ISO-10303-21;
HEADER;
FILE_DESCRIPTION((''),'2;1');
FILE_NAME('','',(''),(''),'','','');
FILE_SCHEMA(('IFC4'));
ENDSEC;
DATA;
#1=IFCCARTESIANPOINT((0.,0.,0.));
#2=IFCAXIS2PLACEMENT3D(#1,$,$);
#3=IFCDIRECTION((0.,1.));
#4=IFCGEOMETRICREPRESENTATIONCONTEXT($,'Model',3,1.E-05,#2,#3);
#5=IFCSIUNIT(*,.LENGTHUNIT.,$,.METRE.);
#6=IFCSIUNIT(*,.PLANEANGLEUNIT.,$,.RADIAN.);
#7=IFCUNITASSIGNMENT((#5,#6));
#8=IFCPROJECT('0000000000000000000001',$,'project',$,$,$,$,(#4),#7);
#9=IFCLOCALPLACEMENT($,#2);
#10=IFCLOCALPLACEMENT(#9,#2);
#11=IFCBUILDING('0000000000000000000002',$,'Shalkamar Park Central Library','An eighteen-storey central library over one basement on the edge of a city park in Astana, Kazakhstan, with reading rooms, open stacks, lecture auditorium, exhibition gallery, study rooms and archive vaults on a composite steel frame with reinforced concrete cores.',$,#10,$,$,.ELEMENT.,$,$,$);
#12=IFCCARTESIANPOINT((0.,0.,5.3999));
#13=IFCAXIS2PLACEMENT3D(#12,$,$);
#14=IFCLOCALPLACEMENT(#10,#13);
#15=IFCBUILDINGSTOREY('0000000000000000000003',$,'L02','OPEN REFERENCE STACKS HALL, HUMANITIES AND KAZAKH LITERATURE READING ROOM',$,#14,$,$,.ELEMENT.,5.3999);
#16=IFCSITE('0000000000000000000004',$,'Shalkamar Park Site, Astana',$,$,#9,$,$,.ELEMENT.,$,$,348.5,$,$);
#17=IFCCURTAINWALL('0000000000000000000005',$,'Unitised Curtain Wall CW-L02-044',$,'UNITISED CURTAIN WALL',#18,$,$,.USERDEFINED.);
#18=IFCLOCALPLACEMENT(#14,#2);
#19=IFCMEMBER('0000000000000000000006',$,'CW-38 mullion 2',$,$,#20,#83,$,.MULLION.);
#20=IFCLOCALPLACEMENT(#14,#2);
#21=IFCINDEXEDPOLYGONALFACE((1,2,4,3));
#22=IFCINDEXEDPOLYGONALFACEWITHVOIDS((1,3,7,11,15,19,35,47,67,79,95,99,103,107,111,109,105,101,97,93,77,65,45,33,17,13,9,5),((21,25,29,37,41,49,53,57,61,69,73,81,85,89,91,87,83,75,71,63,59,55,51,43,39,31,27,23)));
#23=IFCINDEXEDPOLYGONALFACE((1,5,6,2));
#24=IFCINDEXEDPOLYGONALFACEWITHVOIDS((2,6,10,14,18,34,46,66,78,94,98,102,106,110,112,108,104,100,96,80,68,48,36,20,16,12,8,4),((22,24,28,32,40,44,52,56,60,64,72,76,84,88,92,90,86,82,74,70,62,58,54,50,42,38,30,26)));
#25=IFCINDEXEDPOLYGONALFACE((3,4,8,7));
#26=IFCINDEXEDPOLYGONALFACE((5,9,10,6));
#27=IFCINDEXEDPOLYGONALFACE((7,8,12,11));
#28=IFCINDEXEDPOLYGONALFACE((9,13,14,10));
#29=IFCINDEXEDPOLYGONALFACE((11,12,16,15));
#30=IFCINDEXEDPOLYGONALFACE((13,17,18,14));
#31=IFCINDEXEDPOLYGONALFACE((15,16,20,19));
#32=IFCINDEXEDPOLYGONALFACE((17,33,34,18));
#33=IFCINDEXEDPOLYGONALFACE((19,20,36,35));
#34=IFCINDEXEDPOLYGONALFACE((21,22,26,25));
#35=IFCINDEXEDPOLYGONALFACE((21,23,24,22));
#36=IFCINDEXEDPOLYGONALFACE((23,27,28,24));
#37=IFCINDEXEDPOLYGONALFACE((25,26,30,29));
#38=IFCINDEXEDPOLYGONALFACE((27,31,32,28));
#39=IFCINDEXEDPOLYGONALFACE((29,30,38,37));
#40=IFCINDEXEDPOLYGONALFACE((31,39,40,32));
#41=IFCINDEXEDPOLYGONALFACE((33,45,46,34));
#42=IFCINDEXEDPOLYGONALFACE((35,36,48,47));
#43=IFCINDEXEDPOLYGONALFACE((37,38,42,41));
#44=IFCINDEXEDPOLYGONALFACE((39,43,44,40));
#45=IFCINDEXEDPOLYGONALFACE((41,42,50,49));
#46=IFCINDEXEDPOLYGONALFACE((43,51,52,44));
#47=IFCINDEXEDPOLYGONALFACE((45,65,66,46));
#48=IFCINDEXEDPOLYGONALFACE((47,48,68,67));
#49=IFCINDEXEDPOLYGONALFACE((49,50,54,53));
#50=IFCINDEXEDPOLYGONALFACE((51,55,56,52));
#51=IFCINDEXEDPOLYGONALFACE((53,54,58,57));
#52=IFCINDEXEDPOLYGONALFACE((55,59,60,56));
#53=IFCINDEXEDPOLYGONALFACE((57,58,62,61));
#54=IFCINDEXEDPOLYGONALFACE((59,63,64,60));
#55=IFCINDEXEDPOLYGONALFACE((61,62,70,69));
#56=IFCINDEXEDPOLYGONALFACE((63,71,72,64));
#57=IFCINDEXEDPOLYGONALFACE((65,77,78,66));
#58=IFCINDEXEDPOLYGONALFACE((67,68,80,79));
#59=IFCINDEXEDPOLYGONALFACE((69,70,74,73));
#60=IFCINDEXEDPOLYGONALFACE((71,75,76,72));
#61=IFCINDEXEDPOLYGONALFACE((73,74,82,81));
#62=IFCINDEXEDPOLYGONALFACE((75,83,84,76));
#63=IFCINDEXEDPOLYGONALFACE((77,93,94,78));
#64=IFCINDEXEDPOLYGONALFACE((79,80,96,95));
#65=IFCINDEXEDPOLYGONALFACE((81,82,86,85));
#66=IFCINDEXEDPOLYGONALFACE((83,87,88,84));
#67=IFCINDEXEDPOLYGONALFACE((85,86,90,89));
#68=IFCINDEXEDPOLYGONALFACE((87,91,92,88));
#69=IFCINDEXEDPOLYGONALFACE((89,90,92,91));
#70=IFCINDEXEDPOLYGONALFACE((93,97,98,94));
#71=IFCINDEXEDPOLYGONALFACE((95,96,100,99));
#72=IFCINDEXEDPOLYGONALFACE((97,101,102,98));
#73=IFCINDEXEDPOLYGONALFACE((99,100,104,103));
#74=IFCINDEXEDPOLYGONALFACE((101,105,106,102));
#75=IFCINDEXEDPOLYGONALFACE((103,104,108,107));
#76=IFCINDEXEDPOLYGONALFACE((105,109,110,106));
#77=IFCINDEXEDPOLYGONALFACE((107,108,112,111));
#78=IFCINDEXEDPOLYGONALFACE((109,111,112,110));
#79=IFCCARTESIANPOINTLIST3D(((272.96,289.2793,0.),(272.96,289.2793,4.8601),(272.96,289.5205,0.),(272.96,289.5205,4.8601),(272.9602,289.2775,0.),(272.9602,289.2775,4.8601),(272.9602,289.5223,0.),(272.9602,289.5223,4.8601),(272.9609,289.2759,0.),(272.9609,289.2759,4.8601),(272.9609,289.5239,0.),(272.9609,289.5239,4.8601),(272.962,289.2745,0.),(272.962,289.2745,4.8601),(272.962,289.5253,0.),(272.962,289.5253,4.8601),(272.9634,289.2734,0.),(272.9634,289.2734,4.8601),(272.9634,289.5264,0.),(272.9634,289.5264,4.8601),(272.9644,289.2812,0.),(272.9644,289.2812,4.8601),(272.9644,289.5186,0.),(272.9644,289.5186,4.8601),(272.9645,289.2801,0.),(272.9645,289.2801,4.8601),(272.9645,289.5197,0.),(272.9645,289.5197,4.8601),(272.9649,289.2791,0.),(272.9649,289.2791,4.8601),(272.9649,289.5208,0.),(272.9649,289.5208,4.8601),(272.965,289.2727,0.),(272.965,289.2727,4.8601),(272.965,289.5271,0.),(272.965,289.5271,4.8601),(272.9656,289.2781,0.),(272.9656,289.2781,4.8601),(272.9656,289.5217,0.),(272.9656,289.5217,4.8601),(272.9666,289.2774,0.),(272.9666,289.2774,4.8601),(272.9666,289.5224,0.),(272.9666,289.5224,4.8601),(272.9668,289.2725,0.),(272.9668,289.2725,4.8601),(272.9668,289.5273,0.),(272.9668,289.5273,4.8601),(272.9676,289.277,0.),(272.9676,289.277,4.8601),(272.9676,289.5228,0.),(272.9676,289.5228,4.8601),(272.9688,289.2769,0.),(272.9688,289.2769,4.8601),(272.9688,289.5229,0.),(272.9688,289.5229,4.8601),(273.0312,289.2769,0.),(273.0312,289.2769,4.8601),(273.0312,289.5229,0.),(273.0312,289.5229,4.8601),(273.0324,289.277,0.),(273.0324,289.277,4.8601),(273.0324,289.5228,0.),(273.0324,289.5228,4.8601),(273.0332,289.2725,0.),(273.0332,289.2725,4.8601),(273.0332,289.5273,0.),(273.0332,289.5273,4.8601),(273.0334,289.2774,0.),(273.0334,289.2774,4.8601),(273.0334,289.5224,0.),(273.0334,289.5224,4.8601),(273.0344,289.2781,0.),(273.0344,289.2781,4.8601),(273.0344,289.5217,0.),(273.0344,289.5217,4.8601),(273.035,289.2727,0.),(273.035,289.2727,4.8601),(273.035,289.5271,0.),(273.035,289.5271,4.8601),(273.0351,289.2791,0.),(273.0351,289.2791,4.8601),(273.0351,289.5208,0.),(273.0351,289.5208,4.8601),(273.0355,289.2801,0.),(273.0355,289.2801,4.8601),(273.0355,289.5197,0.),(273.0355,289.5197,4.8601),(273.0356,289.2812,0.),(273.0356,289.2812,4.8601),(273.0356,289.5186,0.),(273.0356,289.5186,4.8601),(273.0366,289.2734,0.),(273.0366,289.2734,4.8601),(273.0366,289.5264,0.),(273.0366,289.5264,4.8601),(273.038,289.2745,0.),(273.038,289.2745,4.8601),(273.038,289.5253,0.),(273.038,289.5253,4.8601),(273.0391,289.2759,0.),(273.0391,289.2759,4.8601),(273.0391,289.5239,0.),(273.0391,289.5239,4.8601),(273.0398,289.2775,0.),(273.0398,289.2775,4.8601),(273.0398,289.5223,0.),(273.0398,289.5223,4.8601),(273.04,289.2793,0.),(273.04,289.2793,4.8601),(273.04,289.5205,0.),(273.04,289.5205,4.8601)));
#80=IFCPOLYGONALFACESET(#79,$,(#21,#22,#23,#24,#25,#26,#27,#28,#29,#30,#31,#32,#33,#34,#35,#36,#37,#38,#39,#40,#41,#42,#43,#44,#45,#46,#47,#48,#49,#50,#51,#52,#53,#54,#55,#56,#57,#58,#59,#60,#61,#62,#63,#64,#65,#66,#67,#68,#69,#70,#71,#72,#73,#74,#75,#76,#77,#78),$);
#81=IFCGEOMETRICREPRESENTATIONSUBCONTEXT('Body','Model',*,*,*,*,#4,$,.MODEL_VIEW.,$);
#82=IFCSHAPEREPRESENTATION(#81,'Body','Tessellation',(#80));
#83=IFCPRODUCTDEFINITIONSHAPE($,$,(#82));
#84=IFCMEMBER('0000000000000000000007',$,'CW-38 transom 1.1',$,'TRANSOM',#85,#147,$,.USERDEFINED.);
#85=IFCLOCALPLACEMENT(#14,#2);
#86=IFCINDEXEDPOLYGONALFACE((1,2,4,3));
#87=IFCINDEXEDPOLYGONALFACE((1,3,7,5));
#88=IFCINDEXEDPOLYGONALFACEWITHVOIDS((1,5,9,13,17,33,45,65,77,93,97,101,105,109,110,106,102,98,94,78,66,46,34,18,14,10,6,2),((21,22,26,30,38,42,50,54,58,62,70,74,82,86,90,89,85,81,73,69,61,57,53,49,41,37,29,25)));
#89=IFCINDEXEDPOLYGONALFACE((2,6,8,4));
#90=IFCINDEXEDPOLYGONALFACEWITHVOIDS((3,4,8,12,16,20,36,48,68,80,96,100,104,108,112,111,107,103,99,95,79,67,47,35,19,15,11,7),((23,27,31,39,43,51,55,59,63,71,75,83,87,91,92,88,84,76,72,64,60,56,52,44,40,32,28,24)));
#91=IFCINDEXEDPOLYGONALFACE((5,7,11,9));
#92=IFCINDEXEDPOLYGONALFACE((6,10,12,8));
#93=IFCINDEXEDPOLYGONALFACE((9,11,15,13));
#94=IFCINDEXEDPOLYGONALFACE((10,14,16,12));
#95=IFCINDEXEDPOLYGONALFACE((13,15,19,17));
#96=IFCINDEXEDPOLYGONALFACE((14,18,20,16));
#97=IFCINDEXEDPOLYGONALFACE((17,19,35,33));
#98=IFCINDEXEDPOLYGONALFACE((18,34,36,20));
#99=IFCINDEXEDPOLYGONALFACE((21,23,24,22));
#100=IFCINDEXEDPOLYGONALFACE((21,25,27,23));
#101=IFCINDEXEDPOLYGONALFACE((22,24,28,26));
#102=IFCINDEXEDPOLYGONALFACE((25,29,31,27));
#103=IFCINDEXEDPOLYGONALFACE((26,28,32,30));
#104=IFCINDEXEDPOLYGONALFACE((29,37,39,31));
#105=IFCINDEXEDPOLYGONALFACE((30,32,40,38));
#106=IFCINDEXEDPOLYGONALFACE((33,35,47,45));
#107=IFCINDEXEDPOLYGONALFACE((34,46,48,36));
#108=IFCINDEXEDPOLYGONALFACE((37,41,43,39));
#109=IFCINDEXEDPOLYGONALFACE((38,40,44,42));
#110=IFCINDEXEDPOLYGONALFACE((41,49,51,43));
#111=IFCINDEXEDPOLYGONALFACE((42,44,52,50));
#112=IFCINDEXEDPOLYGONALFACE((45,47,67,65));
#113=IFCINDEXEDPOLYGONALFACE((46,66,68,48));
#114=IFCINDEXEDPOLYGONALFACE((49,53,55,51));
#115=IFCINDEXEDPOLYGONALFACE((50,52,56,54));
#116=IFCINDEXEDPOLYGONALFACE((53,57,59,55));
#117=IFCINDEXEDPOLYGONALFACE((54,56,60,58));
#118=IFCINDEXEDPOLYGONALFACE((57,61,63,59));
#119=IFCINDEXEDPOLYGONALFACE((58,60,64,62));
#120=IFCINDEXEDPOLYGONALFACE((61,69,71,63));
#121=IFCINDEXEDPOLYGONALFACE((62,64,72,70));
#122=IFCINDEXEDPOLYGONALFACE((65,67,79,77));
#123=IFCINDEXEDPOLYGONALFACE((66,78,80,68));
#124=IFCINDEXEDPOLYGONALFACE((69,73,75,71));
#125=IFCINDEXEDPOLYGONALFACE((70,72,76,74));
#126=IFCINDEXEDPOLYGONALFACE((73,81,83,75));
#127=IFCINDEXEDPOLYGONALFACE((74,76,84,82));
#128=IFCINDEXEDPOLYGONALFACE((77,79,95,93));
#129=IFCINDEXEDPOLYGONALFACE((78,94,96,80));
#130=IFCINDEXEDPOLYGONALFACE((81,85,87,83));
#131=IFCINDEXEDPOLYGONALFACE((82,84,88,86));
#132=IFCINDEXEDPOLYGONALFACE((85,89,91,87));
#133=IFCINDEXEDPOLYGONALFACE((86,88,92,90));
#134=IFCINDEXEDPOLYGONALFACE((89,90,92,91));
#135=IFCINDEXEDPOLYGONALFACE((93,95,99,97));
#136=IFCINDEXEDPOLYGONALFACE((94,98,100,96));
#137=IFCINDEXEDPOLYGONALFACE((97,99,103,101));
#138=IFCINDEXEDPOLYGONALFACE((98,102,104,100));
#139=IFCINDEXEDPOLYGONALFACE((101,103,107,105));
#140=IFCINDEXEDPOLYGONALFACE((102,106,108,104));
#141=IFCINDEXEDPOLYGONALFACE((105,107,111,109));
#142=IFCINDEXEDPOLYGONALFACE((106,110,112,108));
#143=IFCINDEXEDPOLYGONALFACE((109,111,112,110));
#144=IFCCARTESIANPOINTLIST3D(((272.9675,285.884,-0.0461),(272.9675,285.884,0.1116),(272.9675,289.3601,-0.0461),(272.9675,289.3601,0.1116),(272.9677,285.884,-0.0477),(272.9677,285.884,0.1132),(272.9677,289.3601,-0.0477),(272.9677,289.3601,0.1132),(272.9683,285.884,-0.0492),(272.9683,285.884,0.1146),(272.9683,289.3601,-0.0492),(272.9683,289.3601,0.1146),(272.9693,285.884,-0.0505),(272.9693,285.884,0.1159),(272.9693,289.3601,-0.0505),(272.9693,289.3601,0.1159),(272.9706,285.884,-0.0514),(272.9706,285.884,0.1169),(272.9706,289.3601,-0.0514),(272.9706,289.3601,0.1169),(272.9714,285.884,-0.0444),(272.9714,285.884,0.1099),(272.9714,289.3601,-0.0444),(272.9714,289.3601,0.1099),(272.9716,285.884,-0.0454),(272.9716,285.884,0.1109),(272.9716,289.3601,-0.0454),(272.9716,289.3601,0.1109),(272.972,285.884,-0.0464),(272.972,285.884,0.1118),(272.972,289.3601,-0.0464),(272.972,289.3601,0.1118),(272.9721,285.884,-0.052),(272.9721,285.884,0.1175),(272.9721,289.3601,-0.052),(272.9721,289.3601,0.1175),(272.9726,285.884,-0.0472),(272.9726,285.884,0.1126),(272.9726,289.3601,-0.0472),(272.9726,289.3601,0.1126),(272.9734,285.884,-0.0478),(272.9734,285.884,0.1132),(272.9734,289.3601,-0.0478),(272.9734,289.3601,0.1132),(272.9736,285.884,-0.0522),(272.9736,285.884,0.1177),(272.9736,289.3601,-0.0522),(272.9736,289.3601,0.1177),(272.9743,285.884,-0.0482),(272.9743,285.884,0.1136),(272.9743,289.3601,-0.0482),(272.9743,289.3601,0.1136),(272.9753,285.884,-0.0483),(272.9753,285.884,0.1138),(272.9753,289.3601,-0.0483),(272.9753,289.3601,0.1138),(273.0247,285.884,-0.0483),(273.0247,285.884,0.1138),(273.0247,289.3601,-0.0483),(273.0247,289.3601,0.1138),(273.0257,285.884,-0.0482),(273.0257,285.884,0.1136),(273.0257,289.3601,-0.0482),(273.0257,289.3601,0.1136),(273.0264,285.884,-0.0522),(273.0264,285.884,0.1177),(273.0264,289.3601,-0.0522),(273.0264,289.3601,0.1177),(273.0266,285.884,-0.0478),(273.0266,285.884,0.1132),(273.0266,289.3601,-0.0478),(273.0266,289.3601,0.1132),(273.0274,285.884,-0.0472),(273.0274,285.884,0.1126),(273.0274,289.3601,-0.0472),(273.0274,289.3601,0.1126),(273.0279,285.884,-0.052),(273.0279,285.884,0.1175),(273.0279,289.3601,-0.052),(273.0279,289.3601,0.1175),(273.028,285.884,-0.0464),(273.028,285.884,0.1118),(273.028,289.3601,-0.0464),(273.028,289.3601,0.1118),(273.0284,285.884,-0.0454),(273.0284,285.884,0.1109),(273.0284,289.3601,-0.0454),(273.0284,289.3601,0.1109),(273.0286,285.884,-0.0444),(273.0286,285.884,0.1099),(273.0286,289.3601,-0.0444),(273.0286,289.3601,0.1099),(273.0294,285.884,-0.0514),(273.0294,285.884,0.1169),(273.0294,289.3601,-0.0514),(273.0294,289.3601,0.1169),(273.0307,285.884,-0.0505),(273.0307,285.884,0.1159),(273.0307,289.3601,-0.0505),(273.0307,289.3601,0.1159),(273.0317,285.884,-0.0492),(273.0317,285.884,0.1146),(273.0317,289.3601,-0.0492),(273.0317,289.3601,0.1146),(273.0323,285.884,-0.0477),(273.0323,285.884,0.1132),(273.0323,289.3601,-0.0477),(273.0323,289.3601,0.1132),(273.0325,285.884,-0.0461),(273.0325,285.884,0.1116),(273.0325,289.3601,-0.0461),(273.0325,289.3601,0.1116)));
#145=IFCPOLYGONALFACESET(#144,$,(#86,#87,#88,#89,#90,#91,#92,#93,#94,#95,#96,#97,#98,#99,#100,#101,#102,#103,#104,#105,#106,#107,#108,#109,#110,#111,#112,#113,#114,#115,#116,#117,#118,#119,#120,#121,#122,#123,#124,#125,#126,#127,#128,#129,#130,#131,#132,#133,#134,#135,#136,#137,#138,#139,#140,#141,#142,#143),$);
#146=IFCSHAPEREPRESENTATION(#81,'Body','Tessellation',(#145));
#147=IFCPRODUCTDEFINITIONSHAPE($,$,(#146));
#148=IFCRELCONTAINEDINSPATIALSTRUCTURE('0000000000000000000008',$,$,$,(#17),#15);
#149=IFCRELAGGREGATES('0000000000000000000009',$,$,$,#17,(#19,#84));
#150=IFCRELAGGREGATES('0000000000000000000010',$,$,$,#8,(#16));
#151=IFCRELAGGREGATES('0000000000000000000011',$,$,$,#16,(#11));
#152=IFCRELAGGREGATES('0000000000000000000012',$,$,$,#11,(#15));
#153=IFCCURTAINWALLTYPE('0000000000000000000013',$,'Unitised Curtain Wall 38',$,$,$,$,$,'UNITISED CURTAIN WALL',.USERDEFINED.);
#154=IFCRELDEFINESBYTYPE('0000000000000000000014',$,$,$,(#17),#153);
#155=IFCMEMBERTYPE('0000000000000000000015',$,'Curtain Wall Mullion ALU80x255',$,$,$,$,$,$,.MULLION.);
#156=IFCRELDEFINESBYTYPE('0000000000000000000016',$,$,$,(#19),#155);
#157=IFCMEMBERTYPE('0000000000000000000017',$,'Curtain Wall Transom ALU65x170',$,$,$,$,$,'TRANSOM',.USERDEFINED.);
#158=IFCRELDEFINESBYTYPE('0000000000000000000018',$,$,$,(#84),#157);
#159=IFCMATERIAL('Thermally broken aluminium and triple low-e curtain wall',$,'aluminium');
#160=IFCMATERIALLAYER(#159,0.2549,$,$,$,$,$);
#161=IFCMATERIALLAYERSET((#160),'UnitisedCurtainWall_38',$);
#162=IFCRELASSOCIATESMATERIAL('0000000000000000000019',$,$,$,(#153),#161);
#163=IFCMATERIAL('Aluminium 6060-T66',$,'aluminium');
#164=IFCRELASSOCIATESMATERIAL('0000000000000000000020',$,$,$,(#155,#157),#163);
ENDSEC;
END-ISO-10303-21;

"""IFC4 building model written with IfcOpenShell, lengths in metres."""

from ifc_helpers import new_model, si_unit, direction, frame, origin, origin_2d, place, context, subcontext, project, spatial, hollow_rectangle, extrude, material, layer, layer_set, material_profile, profile_set, type_object, element, aggregate, save


model = new_model("IFC4")

# Units and contexts
model_context = context("Model", 3, precision=1e-05, world=origin(), true_north=direction((0.0, 1.0)))
body_context = subcontext(model_context, "Body", "Model", "MODEL_VIEW")
ifc_project = project(units=[si_unit("LENGTHUNIT", "METRE"), si_unit("PLANEANGLEUNIT", "RADIAN")], contexts=[model_context])

# Site, building, storey
site_placement = place(None, origin())
site = spatial("IfcSite", under=ifc_project, at=site_placement, Name="Shalkamar Park Site, Astana", CompositionType="ELEMENT", RefElevation=348.5)
building_placement = place(site_placement, origin())
building = spatial("IfcBuilding", under=site, at=building_placement, Name="Shalkamar Park Central Library", Description="An eighteen-storey central library over one basement on the edge of a city park in Astana, Kazakhstan, with reading rooms, open stacks, lecture auditorium, exhibition gallery, study rooms and archive vaults on a composite steel frame with reinforced concrete cores.", CompositionType="ELEMENT")
storey_placement = place(building_placement, frame((0.0, 0.0, 5.3999)))
storey = spatial("IfcBuildingStorey", under=building, at=storey_placement, Name="L02", Description="OPEN REFERENCE STACKS HALL, HUMANITIES AND KAZAKH LITERATURE READING ROOM", CompositionType="ELEMENT", Elevation=5.3999)

# Shared definitions
ifc_material_1 = material(Name="Thermally broken aluminium and triple low-e curtain wall", Category="aluminium")
ifc_material_2 = material(Name="Aluminium 6060-T66", Category="aluminium")

# Curtain wall, members
ifc_layer_1 = layer(ifc_material_1, 0.2549)
ifc_layer_set_1 = layer_set([ifc_layer_1], Name="UnitisedCurtainWall_38")
curtain_wall_type_1 = type_object("IfcCurtainWallType", Name="Unitised Curtain Wall 38", ElementType="UNITISED CURTAIN WALL", PredefinedType="USERDEFINED", material=ifc_layer_set_1)
curtain_wall_1_placement = place(storey_placement, origin())
curtain_wall_1 = element("IfcCurtainWall", 1, at=curtain_wall_1_placement, inside=storey, type_object=curtain_wall_type_1, Name="Unitised Curtain Wall CW-L02-044", ObjectType="UNITISED CURTAIN WALL", PredefinedType="USERDEFINED")
ifc_material_profile_1 = material_profile(ifc_material_2, hollow_rectangle(XDim=0.0801, YDim=0.2549, WallThickness=0.0044, InnerFilletRadius=0.0044, OuterFilletRadius=0.0068, at=origin_2d()), Name="ALU 80x255x4.5")
ifc_profile_set_1 = profile_set([ifc_material_profile_1], Name="Aluminium 6060-T66")
member_type_1 = type_object("IfcMemberType", Name="Curtain Wall Mullion ALU80x255", PredefinedType="MULLION", material=ifc_profile_set_1)
member_1_placement = place(storey_placement, frame((273.0, 289.3999, 0.0), z_axis=(0.0, 0.0, 1.0), x_axis=(-1.0, 0.0, 0.0)))
member_1 = element("IfcMember", 2, at=member_1_placement, type_object=member_type_1, Name="CW-38 mullion 2", PredefinedType="MULLION", context=body_context, shape_type="SweptSolid", body=[
    extrude(hollow_rectangle(XDim=0.0801, YDim=0.2549, WallThickness=0.0044, InnerFilletRadius=0.0044, OuterFilletRadius=0.0068, at=origin_2d()), origin(), (0.0, 0.0, 1.0), 4.8601),
])
ifc_material_profile_2 = material_profile(ifc_material_2, hollow_rectangle(XDim=0.0649, YDim=0.1699, WallThickness=0.0039, InnerFilletRadius=0.0039, OuterFilletRadius=0.0061, at=origin_2d()), Name="ALU 65x170x4")
ifc_profile_set_2 = profile_set([ifc_material_profile_2], Name="Aluminium 6060-T66")
member_type_2 = type_object("IfcMemberType", Name="Curtain Wall Transom ALU65x170", ElementType="TRANSOM", PredefinedType="USERDEFINED", material=ifc_profile_set_2)
member_2_placement = place(storey_placement, frame((273.0, 285.884, 0.0327), z_axis=(0.0, 1.0, 0.0), x_axis=(-1.0, 0.0, 0.0)))
member_2 = element("IfcMember", 3, at=member_2_placement, type_object=member_type_2, Name="CW-38 transom 1.1", ObjectType="TRANSOM", PredefinedType="USERDEFINED", context=body_context, shape_type="SweptSolid", body=[
    extrude(hollow_rectangle(XDim=0.0649, YDim=0.1699, WallThickness=0.0039, InnerFilletRadius=0.0039, OuterFilletRadius=0.0061, at=origin_2d()), origin(), (0.0, 0.0, 1.0), 3.4761),
])

aggregate(curtain_wall_1, [member_1, member_2])

save(model, "model.ifc")
